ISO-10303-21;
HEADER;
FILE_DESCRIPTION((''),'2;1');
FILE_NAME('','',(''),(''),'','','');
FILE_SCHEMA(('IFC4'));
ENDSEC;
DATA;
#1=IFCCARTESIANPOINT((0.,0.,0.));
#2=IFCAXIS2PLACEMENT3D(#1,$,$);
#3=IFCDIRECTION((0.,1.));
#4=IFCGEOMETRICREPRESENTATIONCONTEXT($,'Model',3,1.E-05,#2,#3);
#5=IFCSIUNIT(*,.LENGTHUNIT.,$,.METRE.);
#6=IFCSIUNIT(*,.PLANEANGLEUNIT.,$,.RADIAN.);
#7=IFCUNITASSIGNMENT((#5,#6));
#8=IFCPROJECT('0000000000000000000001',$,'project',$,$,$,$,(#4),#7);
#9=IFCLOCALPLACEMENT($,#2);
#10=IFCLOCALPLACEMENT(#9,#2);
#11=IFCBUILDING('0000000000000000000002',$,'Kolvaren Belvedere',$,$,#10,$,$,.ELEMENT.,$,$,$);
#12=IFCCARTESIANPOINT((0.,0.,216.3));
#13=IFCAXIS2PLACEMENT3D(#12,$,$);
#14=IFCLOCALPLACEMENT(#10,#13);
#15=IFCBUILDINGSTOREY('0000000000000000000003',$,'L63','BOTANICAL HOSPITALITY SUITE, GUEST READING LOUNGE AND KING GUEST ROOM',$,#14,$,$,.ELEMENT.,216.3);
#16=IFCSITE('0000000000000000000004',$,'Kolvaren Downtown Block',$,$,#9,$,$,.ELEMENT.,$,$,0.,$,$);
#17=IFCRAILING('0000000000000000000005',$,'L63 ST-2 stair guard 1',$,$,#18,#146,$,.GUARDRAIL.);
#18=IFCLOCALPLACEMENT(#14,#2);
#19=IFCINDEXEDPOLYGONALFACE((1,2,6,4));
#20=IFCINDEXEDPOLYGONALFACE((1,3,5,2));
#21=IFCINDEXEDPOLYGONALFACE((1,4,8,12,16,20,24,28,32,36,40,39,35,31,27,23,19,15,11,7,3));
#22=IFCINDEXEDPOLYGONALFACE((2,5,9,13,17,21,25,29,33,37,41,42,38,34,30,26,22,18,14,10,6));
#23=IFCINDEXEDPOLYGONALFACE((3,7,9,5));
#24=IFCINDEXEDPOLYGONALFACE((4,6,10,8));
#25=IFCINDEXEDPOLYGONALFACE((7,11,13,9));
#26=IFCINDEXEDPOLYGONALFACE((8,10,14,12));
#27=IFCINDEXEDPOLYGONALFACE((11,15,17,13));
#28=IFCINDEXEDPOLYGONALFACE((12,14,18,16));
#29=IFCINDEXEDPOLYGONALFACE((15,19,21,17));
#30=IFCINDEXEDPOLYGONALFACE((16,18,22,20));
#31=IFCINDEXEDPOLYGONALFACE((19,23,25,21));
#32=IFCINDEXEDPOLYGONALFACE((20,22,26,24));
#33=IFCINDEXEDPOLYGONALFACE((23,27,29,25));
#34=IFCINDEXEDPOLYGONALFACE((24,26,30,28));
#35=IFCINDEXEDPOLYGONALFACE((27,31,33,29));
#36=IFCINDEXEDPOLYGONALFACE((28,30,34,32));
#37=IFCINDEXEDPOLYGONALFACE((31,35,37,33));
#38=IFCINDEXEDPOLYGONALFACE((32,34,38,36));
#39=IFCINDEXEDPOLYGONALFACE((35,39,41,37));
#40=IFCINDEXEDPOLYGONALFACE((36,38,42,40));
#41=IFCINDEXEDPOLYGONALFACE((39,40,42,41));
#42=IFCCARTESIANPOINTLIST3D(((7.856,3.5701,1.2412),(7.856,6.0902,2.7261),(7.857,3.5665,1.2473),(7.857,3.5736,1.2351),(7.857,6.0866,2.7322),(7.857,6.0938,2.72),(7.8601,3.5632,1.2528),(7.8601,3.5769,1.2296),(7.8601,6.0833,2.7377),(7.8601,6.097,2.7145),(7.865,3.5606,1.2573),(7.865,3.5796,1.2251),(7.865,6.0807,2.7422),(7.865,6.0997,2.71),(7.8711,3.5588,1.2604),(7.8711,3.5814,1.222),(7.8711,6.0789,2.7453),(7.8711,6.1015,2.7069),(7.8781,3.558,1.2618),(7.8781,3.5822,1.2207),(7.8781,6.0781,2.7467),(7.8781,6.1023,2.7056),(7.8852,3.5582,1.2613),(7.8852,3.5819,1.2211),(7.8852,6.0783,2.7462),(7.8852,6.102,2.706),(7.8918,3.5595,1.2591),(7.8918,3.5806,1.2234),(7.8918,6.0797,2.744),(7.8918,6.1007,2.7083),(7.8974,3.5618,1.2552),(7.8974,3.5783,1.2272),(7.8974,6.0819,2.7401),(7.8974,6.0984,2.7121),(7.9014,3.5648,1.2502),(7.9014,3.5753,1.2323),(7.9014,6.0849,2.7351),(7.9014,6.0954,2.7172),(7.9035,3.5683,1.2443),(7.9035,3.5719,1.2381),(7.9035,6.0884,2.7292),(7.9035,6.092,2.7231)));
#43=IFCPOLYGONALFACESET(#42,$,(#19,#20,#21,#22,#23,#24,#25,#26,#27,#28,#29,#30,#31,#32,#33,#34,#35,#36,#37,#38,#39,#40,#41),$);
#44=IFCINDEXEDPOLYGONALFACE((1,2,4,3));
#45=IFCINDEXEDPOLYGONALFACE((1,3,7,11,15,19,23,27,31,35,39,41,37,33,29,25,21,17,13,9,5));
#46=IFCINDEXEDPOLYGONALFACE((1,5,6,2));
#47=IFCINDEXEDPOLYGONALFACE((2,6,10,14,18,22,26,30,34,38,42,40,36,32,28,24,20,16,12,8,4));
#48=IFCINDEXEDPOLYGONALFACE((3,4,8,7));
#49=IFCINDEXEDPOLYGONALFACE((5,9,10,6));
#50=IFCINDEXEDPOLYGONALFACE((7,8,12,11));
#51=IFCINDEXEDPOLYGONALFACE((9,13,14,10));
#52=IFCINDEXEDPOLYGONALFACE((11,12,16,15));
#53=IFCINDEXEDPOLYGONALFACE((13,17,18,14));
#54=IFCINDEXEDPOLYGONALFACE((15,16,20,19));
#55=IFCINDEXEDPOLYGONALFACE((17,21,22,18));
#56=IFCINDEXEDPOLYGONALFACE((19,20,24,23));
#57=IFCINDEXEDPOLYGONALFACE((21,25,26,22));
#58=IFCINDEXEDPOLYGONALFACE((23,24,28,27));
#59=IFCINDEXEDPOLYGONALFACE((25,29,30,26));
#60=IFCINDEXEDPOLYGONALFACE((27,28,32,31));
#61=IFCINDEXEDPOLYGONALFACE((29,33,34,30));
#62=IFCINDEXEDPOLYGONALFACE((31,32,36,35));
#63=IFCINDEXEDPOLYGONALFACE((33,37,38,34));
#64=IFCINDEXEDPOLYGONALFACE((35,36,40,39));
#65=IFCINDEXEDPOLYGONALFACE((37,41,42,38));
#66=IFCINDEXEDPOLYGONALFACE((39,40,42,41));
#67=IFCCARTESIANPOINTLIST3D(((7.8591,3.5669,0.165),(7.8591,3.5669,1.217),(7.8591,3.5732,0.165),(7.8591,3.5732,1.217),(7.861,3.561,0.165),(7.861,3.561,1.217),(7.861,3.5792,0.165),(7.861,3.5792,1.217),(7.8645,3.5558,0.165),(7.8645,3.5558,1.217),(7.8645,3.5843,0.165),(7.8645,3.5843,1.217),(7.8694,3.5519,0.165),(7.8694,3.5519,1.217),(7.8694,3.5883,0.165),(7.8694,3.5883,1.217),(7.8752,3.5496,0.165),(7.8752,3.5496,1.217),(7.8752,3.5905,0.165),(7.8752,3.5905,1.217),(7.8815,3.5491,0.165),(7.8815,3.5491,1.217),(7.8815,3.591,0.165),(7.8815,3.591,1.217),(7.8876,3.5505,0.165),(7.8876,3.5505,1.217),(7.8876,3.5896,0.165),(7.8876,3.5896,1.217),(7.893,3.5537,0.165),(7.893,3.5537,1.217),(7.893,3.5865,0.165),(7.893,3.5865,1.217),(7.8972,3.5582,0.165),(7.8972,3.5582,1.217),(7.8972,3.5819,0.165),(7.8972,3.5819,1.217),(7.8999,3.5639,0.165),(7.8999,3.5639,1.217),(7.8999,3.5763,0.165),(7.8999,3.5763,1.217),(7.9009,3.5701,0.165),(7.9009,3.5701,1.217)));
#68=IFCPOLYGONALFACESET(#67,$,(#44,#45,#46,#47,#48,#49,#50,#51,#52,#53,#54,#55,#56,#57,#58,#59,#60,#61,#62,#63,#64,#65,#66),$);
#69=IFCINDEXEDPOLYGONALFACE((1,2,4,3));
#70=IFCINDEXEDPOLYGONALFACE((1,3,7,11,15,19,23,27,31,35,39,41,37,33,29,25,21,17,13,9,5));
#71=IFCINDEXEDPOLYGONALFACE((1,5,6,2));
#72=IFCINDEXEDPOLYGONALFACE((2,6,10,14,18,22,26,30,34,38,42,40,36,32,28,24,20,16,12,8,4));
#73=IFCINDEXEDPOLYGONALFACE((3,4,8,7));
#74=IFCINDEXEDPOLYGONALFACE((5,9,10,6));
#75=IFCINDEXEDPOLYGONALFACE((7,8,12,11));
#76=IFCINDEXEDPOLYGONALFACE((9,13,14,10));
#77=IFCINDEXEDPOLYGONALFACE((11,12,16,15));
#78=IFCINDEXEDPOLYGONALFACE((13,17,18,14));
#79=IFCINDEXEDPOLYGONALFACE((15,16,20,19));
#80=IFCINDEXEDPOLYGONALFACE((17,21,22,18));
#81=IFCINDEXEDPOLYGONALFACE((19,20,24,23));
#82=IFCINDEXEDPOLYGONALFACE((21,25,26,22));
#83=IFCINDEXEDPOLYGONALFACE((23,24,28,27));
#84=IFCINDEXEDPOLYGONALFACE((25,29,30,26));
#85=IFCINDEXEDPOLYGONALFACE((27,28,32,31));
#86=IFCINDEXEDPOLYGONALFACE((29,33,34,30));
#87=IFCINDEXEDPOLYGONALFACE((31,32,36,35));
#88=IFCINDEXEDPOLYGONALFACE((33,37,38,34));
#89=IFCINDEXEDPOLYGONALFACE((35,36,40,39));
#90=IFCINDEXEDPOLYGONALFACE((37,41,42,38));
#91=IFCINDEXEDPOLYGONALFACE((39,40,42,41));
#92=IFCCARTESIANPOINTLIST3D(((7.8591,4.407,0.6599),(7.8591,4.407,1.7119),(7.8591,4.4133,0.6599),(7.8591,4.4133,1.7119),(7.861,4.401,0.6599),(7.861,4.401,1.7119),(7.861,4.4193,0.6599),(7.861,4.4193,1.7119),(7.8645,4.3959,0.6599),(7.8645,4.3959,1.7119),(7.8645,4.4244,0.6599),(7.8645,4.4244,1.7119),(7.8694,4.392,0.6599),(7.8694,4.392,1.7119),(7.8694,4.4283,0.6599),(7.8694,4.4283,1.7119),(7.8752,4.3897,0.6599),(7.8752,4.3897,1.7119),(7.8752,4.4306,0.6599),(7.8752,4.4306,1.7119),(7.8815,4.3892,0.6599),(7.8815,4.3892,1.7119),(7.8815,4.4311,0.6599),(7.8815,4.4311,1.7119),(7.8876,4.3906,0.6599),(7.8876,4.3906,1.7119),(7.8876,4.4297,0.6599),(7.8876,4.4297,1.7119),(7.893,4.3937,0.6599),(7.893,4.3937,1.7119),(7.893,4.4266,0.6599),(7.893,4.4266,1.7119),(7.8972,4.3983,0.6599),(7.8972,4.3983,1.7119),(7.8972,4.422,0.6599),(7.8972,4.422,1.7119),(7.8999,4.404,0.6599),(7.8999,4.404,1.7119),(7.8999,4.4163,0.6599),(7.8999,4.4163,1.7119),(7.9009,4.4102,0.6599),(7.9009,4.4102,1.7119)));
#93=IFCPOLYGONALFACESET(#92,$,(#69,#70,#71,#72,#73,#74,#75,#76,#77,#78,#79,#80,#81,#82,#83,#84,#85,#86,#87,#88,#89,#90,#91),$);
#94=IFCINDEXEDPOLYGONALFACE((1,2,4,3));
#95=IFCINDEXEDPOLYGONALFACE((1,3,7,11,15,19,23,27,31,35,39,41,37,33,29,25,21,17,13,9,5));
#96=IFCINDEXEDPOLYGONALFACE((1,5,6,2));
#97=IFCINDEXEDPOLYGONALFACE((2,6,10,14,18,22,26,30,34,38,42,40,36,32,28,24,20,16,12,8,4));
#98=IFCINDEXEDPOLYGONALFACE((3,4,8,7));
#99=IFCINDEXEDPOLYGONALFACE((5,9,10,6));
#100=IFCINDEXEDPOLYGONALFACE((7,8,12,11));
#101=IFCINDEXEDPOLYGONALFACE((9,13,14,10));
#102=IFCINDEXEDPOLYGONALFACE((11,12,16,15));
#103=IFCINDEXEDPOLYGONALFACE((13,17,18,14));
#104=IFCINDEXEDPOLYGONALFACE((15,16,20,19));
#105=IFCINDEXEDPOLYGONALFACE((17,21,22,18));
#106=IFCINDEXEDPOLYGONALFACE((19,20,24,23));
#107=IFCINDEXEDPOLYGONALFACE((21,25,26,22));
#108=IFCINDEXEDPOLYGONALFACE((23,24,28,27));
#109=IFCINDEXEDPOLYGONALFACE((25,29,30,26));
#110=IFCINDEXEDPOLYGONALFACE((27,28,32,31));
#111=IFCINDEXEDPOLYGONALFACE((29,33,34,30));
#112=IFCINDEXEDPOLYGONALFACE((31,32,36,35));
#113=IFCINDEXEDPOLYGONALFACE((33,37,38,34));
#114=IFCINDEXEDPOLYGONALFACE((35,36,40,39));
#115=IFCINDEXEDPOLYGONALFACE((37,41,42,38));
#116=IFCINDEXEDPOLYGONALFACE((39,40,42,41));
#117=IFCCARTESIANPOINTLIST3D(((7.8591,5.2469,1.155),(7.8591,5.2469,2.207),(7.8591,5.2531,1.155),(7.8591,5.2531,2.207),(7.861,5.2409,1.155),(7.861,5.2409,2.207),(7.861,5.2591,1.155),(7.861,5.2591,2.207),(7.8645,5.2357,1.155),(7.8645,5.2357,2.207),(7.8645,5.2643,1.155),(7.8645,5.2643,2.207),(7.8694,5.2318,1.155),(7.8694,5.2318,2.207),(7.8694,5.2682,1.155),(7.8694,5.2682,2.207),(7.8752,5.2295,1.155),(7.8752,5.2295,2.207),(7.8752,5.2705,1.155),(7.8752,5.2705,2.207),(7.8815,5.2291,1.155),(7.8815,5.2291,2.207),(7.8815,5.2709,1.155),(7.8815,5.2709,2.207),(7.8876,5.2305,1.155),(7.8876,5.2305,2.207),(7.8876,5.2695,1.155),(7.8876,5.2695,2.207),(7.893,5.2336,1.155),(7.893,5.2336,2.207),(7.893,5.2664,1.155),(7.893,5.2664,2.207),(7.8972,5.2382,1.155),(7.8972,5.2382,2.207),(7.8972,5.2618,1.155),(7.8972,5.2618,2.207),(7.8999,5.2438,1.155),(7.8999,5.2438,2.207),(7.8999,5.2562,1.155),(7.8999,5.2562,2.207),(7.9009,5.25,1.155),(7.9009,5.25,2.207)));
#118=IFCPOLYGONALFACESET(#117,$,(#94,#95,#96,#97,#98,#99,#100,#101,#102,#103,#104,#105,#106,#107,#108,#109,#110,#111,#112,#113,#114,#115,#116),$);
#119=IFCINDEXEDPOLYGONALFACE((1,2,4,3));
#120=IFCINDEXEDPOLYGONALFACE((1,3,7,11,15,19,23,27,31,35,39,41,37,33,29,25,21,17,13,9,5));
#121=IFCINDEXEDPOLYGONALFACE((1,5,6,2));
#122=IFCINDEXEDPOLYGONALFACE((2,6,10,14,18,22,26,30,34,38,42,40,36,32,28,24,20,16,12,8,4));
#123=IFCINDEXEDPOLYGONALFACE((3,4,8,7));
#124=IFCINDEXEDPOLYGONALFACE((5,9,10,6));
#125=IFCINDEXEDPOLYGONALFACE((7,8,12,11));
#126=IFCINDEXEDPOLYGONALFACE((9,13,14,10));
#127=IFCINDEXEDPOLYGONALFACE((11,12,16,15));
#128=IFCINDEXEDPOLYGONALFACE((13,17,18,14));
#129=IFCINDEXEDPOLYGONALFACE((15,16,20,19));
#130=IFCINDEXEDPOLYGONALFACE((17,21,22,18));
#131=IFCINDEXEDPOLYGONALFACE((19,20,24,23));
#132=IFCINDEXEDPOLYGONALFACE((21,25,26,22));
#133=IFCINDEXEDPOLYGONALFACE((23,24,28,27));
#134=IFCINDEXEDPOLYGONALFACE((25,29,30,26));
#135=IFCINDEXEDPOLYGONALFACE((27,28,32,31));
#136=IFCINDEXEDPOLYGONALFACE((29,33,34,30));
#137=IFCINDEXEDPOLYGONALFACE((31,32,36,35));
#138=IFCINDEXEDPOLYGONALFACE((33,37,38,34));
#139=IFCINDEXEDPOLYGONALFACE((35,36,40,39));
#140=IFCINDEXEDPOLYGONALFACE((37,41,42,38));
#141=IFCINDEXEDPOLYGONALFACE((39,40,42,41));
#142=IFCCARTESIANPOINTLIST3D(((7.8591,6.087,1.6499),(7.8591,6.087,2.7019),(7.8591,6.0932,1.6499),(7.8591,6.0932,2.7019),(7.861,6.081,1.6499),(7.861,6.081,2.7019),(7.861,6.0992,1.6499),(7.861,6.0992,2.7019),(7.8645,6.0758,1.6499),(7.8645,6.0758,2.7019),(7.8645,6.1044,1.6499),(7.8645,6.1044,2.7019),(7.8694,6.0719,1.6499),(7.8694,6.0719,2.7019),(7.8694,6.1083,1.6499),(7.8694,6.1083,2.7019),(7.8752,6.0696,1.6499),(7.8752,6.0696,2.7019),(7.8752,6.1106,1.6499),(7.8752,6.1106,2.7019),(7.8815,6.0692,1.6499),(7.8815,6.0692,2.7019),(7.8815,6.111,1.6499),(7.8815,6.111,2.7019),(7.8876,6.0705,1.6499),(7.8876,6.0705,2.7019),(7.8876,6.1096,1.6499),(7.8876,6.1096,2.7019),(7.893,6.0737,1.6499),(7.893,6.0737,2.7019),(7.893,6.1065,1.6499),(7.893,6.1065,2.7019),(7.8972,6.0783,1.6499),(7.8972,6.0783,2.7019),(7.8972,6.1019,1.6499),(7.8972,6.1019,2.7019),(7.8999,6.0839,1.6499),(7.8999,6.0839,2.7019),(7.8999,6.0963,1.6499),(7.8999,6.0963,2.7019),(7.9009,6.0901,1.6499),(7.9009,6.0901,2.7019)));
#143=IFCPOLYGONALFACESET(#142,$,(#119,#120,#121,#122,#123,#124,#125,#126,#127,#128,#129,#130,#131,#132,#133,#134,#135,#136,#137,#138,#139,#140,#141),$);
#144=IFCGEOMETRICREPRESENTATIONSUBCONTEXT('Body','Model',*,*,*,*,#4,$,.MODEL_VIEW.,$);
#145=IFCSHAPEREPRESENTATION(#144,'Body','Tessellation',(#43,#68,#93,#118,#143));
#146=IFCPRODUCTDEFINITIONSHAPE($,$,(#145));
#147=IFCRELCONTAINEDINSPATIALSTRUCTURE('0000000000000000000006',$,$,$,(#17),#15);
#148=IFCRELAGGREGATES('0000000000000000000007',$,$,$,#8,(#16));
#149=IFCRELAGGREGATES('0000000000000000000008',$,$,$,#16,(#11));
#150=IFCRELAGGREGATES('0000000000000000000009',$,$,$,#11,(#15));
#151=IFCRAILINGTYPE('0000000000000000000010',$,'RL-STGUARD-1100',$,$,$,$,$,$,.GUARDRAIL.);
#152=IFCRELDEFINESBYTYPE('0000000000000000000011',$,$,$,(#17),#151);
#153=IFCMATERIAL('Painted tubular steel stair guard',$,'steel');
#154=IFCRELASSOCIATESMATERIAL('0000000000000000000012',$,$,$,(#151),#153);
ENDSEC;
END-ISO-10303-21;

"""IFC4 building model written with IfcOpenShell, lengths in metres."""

from ifc_helpers import new_model, si_unit, direction, frame, origin, origin_2d, place, context, subcontext, project, spatial, circle, extrude, material, type_object, element, save


model = new_model("IFC4")

# Units and contexts
model_context = context("Model", 3, precision=1e-05, world=origin(), true_north=direction((0.0, 1.0)))
body_context = subcontext(model_context, "Body", "Model", "MODEL_VIEW")
ifc_project = project(units=[si_unit("LENGTHUNIT", "METRE"), si_unit("PLANEANGLEUNIT", "RADIAN")], contexts=[model_context])

# Site, building, storey
site_placement = place(None, origin())
site = spatial("IfcSite", under=ifc_project, at=site_placement, Name="Kolvaren Downtown Block", CompositionType="ELEMENT", RefElevation=0.0)
building_placement = place(site_placement, origin())
building = spatial("IfcBuilding", under=site, at=building_placement, Name="Kolvaren Belvedere", CompositionType="ELEMENT")
storey_placement = place(building_placement, frame((0.0, 0.0, 216.3)))
storey = spatial("IfcBuildingStorey", under=building, at=storey_placement, Name="L63", Description="BOTANICAL HOSPITALITY SUITE, GUEST READING LOUNGE AND KING GUEST ROOM", CompositionType="ELEMENT", Elevation=216.3)

# Railing
ifc_material_1 = material(Name="Painted tubular steel stair guard", Category="steel")
railing_type_1 = type_object("IfcRailingType", Name="RL-STGUARD-1100", PredefinedType="GUARDRAIL", material=ifc_material_1)
railing_1_placement = place(storey_placement, frame((7.8799, 3.5701, 0.165)))
element("IfcRailing", 1, at=railing_1_placement, inside=storey, type_object=railing_type_1, Name="L63 ST-2 stair guard 1", PredefinedType="GUARDRAIL", context=body_context, shape_type="SweptSolid", body=[
    extrude(circle(Radius=0.0239, at=origin_2d()), frame((0.0, 0.0, 1.0762), z_axis=(0.0, 0.861561, 0.507655), x_axis=(-1.0, 0.0, 0.0)), (0.0, 0.0, 1.0), 2.925),
    extrude(circle(Radius=0.021, at=origin_2d()), origin(), (0.0, 0.0, 1.0), 1.052),
    extrude(circle(Radius=0.021, at=origin_2d()), frame((0.0, 0.8401, 0.4949)), (0.0, 0.0, 1.0), 1.052),
    extrude(circle(Radius=0.021, at=origin_2d()), frame((0.0, 1.6799, 0.99)), (0.0, 0.0, 1.0), 1.052),
    extrude(circle(Radius=0.021, at=origin_2d()), frame((0.0, 2.52, 1.4849)), (0.0, 0.0, 1.0), 1.052),
])

save(model, "model.ifc")
